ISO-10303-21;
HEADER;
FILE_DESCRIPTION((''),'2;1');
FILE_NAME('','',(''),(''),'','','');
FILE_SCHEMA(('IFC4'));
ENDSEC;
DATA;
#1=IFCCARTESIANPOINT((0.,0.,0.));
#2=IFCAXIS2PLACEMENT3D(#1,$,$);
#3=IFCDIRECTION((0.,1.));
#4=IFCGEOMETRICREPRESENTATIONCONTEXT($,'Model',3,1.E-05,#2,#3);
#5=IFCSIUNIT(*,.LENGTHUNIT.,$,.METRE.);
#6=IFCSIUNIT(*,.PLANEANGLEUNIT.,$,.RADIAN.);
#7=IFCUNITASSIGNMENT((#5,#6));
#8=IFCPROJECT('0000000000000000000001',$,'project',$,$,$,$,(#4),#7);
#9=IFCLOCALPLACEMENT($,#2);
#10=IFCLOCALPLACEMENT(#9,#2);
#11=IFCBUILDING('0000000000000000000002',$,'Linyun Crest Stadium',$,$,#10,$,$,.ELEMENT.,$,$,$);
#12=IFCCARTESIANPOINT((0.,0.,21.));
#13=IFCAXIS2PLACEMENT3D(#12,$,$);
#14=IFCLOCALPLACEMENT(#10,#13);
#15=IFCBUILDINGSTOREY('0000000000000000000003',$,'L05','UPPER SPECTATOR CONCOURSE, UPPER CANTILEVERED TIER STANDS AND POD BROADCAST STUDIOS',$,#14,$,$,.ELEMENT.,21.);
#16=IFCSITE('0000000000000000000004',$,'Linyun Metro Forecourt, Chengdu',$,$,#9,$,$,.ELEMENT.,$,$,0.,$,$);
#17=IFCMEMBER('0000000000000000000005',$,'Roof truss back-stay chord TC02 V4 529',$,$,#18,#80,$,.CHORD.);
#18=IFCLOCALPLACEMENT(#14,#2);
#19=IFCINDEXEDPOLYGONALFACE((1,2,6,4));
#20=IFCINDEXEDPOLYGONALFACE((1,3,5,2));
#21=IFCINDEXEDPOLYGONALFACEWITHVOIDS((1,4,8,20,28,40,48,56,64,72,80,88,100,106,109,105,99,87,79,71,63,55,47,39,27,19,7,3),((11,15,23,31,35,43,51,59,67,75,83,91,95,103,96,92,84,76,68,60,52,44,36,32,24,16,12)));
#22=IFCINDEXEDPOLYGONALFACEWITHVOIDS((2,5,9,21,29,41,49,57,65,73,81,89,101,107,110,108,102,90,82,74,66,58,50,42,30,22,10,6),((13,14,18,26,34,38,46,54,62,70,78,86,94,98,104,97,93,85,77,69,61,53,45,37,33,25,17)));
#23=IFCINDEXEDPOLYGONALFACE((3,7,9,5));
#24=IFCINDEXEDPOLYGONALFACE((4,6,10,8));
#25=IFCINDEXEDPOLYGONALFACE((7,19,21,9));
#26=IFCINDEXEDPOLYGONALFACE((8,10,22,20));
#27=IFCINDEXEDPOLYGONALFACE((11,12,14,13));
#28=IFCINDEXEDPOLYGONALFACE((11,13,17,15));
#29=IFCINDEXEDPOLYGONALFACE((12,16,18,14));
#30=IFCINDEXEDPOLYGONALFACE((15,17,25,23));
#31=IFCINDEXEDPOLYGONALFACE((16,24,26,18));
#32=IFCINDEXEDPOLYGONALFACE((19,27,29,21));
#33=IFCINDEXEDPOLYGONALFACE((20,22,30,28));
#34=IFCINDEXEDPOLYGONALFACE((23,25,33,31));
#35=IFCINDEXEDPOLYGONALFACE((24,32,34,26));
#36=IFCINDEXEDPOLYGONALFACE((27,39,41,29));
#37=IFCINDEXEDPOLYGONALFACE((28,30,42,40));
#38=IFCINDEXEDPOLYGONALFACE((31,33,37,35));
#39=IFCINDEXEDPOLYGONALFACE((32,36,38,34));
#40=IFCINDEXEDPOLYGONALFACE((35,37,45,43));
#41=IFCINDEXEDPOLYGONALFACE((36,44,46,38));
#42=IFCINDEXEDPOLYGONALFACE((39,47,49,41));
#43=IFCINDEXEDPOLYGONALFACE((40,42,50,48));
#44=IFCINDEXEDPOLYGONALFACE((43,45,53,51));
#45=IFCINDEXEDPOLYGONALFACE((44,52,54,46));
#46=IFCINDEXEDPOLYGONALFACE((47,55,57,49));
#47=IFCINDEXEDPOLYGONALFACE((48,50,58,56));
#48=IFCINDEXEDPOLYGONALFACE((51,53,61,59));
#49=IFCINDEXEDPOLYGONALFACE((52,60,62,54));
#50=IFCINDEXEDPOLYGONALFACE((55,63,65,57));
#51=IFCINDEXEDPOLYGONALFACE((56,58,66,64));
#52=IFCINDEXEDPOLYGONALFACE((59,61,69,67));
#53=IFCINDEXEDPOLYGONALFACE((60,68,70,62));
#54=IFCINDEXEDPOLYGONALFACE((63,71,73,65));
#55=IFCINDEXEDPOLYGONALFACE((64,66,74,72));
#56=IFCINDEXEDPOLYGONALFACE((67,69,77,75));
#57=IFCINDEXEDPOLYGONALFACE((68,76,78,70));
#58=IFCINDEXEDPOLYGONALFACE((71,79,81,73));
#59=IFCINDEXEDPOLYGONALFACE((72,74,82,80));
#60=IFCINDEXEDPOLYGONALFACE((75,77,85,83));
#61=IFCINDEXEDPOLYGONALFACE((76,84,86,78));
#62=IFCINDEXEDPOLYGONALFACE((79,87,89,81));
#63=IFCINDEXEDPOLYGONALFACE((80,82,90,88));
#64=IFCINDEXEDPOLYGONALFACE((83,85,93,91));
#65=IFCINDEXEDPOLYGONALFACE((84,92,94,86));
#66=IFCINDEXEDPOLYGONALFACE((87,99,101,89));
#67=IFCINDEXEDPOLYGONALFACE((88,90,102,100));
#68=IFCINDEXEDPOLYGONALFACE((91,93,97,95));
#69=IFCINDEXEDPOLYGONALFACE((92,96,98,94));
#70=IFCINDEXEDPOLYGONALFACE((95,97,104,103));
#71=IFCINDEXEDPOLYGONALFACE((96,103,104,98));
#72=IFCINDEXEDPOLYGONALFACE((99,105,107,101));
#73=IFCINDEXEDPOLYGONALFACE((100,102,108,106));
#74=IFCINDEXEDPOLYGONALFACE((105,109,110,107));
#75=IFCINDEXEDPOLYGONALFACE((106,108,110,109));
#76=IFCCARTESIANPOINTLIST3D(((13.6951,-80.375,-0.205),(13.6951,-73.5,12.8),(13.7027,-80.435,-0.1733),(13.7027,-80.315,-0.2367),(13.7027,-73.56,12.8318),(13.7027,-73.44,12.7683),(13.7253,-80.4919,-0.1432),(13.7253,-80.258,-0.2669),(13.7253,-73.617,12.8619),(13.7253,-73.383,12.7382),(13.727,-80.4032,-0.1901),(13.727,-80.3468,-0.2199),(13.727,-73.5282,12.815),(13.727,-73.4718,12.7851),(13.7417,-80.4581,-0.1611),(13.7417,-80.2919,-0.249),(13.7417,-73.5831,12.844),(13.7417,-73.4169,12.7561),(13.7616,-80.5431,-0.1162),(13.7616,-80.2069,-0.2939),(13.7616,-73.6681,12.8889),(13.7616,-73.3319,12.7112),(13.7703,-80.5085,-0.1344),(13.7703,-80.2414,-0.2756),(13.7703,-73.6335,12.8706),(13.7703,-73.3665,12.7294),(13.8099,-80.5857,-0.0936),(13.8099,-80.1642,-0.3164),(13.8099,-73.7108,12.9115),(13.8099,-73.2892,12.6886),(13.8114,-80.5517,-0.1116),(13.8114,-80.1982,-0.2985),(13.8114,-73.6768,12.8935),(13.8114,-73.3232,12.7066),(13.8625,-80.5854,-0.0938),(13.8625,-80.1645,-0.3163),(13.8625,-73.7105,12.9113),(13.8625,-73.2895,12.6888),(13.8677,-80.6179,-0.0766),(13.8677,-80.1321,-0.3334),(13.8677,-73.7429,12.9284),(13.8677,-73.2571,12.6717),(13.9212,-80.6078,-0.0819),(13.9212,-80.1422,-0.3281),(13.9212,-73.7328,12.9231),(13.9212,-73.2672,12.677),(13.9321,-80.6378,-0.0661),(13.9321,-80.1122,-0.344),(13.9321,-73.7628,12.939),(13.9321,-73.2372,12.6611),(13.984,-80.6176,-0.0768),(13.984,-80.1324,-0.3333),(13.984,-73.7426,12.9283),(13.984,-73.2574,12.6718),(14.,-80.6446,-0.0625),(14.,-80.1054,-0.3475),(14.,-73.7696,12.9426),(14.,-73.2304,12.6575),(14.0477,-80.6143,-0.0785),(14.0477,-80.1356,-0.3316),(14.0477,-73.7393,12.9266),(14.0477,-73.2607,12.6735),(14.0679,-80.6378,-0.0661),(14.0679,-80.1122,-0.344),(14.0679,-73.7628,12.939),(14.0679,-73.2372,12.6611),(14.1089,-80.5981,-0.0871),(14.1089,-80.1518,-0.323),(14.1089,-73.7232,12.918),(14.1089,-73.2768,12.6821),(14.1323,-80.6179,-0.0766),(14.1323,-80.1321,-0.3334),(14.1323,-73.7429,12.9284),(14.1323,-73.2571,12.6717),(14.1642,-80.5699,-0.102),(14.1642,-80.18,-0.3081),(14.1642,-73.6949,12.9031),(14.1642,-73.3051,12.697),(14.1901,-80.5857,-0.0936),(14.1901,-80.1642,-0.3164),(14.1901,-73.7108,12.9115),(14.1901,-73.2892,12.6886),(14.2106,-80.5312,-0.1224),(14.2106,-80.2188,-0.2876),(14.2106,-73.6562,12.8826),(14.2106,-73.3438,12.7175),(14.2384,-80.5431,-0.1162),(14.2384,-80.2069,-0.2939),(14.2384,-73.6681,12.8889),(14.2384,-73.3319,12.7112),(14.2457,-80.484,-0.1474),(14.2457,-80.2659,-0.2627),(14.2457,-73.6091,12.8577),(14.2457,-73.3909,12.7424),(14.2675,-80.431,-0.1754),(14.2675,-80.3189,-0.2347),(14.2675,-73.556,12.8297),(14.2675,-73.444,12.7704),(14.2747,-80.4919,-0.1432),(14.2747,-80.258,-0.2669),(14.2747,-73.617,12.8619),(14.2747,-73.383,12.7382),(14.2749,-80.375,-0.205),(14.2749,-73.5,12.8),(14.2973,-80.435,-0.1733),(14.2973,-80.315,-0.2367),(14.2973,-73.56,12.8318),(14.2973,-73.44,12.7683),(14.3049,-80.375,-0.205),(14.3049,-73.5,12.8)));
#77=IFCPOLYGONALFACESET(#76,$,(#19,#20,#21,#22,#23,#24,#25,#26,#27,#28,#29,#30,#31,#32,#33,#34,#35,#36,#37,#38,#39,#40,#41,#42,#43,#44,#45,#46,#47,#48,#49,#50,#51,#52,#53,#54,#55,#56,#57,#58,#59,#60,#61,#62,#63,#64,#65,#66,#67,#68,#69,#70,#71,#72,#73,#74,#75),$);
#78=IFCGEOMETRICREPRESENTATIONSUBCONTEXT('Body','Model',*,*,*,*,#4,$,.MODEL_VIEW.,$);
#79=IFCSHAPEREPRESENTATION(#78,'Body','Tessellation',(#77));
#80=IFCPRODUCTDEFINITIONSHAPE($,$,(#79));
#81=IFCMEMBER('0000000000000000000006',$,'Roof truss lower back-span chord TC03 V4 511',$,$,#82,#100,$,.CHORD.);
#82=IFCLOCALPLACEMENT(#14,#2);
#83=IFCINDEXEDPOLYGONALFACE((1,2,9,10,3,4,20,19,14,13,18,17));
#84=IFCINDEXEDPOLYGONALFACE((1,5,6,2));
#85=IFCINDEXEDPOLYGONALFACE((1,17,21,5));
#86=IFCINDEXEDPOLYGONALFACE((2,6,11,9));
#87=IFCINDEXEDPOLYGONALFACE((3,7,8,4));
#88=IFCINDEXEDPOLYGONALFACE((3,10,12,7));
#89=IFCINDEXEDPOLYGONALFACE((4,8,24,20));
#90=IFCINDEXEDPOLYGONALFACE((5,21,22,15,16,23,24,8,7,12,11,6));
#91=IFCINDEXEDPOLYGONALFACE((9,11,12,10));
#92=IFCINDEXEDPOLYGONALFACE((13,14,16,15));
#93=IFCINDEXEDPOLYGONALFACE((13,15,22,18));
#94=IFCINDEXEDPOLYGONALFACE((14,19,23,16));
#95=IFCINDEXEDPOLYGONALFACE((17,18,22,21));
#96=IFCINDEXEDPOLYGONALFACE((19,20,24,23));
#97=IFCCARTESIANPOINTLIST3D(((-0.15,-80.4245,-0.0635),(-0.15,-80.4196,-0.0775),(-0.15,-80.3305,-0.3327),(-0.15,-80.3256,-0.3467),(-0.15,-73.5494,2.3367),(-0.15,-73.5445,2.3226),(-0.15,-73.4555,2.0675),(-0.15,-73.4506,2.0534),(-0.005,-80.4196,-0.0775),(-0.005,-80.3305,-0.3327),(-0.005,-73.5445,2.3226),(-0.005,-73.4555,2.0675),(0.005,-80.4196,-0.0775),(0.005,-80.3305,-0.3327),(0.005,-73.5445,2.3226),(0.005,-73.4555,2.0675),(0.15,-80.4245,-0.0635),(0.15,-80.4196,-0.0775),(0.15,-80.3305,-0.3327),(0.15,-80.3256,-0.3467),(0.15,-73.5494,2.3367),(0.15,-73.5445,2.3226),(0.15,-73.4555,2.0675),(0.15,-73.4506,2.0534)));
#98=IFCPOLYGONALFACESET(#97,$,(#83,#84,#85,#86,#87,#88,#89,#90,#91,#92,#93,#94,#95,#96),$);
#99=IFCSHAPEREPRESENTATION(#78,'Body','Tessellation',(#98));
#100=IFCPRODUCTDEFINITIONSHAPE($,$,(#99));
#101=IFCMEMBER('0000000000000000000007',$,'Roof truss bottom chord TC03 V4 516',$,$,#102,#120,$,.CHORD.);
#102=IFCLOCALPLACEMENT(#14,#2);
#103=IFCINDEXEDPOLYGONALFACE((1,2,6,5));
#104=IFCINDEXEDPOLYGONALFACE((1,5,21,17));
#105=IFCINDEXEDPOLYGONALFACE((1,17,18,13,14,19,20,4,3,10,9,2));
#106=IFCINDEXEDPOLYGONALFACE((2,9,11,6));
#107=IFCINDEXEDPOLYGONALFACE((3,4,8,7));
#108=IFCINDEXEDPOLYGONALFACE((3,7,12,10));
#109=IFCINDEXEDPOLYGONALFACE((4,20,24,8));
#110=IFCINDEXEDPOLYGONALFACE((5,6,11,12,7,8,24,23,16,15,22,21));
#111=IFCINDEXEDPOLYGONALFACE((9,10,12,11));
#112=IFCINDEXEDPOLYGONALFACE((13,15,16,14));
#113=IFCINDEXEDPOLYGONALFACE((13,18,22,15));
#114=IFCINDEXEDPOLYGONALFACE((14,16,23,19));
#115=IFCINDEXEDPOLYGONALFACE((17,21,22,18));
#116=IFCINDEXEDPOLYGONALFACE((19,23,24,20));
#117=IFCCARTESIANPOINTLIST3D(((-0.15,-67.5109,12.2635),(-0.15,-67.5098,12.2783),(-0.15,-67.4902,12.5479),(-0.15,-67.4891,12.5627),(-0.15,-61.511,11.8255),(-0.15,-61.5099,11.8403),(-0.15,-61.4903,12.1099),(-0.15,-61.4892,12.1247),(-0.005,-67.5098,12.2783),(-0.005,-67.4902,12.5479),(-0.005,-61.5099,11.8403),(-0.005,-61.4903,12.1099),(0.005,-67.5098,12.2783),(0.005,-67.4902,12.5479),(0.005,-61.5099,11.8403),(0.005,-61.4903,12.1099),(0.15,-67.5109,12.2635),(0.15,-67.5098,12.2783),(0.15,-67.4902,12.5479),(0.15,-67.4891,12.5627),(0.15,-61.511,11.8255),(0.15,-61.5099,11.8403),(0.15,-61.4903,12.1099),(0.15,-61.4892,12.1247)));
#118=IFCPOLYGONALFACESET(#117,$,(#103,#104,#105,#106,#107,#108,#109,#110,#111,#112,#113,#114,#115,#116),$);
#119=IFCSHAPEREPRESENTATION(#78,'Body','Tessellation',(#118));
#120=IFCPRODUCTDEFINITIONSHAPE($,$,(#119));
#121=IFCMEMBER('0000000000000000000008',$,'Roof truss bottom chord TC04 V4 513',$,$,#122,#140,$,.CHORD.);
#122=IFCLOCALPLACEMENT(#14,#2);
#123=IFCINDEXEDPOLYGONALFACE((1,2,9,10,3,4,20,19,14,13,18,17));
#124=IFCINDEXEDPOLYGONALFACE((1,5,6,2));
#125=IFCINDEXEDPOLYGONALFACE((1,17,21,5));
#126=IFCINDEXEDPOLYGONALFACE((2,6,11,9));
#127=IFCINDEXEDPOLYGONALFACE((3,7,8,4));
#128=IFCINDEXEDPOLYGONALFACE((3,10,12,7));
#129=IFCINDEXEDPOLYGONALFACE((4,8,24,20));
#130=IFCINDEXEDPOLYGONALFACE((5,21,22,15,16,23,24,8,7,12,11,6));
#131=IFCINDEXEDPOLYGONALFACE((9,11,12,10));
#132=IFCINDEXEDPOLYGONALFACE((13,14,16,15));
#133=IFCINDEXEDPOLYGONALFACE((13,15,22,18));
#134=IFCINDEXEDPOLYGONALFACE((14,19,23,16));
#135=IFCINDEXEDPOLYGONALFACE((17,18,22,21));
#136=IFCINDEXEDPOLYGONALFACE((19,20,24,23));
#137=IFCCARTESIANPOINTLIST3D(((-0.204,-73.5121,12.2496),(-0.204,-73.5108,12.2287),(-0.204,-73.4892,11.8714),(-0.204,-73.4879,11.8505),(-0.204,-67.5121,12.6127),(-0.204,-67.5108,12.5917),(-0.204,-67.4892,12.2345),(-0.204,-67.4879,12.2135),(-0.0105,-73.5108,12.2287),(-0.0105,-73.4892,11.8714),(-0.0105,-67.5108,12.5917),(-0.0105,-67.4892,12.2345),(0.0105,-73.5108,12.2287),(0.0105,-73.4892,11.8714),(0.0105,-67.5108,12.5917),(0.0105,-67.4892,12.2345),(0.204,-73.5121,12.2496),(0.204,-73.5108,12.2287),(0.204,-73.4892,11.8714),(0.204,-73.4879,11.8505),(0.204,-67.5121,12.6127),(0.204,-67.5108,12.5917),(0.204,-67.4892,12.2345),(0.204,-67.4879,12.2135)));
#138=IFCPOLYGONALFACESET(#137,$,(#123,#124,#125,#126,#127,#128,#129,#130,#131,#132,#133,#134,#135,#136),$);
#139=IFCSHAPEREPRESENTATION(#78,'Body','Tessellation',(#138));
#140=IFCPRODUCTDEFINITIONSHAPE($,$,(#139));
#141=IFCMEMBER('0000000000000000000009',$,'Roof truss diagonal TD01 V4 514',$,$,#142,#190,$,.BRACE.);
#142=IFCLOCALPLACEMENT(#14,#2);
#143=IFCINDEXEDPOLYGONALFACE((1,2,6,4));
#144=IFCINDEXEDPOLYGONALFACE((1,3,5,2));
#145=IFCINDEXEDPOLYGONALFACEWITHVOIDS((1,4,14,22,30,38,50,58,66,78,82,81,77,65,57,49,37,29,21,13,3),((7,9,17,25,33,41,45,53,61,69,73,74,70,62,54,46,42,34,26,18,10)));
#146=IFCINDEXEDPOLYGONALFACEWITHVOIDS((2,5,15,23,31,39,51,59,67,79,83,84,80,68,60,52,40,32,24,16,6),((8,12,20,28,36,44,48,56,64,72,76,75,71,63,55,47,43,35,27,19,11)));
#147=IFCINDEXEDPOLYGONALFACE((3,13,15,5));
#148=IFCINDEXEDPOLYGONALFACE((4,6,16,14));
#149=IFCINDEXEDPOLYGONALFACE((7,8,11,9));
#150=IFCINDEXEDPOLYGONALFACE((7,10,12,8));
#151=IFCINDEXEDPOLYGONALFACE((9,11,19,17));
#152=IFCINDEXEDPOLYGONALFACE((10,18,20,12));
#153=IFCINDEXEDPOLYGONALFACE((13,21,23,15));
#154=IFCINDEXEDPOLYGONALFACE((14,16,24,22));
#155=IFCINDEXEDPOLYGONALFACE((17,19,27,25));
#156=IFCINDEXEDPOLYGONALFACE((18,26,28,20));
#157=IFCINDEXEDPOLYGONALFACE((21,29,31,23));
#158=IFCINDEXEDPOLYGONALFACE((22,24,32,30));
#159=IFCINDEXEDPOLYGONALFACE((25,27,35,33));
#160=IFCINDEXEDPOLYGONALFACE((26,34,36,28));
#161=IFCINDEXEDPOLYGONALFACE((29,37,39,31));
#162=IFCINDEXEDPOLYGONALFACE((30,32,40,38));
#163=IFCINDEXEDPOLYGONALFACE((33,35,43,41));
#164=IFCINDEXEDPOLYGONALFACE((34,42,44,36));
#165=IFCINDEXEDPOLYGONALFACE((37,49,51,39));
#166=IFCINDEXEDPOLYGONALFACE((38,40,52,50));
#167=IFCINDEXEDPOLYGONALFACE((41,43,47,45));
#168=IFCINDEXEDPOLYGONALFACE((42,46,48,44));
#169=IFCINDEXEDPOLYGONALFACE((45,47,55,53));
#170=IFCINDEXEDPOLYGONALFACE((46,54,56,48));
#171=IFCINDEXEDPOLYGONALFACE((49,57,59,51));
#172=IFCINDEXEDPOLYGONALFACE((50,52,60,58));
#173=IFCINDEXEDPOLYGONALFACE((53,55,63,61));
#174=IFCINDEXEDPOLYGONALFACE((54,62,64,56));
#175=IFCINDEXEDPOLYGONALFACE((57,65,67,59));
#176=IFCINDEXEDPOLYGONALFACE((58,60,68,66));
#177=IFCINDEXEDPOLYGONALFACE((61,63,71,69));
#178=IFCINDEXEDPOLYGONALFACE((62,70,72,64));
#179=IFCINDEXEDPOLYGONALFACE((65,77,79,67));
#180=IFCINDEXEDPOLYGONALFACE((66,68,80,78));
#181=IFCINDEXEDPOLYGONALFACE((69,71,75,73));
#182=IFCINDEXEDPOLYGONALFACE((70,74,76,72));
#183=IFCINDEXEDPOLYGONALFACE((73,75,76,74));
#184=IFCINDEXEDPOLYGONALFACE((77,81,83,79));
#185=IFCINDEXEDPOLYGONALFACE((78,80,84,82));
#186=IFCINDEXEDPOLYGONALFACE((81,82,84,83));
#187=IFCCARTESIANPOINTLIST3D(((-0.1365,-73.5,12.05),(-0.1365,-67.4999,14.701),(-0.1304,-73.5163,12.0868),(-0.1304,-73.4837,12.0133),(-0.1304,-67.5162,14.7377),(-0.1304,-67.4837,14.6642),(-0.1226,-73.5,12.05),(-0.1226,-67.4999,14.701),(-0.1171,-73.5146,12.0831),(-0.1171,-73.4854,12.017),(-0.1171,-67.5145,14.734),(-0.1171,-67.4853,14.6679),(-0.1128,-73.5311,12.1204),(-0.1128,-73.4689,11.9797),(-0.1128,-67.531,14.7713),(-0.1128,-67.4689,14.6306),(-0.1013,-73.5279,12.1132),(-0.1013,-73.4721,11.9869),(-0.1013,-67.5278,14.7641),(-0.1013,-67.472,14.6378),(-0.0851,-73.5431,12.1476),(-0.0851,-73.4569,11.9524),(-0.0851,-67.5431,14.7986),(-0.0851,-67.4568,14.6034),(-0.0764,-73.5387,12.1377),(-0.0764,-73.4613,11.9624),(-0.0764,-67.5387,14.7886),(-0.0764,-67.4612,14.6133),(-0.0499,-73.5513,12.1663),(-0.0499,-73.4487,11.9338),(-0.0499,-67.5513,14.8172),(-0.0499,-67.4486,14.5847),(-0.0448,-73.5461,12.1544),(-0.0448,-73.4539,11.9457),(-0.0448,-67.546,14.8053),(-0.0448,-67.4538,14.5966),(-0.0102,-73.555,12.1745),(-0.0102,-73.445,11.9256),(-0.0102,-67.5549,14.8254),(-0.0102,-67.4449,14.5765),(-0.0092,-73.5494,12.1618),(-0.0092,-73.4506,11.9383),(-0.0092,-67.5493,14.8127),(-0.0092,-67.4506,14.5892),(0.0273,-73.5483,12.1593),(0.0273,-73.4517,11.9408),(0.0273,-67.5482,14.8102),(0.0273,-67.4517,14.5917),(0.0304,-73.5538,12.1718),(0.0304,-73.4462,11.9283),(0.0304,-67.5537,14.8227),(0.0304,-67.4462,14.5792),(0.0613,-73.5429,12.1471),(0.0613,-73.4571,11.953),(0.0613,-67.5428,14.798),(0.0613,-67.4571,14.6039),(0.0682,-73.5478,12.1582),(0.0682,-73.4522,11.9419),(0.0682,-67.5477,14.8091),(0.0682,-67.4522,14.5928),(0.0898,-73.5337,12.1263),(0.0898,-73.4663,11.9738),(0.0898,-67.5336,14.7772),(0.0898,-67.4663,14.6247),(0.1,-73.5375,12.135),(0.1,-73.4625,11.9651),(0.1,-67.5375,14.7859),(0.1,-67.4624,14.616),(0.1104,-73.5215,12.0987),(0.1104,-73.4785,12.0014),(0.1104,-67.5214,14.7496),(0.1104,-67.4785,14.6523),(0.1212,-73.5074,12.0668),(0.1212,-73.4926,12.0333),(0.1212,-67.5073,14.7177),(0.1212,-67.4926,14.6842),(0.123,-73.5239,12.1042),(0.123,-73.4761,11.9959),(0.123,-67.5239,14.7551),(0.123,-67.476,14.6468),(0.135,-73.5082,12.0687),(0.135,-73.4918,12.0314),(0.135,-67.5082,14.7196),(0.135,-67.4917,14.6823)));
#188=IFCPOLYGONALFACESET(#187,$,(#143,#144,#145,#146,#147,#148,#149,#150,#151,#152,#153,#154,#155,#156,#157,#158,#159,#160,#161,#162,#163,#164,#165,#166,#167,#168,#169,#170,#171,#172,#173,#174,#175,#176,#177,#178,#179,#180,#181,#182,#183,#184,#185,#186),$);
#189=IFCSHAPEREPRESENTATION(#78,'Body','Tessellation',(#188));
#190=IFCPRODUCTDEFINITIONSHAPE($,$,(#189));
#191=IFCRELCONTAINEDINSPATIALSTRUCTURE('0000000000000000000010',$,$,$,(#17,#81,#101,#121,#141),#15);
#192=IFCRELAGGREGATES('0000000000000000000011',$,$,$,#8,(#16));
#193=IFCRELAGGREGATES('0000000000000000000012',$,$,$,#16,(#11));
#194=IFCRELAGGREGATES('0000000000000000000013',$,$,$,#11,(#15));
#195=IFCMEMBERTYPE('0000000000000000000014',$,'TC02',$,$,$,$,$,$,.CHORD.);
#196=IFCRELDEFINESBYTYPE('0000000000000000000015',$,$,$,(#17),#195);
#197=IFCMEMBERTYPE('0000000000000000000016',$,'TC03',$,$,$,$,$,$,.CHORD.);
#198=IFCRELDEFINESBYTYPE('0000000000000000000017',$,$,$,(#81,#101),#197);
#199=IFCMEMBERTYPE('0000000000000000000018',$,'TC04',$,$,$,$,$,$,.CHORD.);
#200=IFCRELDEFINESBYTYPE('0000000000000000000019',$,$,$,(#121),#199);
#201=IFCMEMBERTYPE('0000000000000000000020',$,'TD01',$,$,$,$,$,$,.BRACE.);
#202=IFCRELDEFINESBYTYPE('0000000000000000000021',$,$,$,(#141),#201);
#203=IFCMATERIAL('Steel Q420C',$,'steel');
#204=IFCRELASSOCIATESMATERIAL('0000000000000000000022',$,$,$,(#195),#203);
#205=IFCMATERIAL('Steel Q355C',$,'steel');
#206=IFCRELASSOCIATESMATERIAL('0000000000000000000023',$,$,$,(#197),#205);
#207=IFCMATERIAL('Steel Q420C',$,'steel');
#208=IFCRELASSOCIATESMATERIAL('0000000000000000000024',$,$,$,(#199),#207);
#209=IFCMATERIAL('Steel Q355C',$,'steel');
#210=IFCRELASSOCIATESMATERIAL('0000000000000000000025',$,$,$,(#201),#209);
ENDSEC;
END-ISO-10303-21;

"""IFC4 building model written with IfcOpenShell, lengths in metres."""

from ifc_helpers import new_model, si_unit, direction, frame, origin, origin_2d, place, context, subcontext, project, spatial, hollow_circle, i_section, extrude, material, material_profile, profile_set, type_object, element, save


model = new_model("IFC4")

# Units and contexts
model_context = context("Model", 3, precision=1e-05, world=origin(), true_north=direction((0.0, 1.0)))
body_context = subcontext(model_context, "Body", "Model", "MODEL_VIEW")
ifc_project = project(units=[si_unit("LENGTHUNIT", "METRE"), si_unit("PLANEANGLEUNIT", "RADIAN")], contexts=[model_context])

# Site, building, storey
site_placement = place(None, origin())
site = spatial("IfcSite", under=ifc_project, at=site_placement, Name="Linyun Metro Forecourt, Chengdu", CompositionType="ELEMENT", RefElevation=0.0)
building_placement = place(site_placement, origin())
building = spatial("IfcBuilding", under=site, at=building_placement, Name="Linyun Crest Stadium", CompositionType="ELEMENT")
storey_placement = place(building_placement, frame((0.0, 0.0, 21.0)))
storey = spatial("IfcBuildingStorey", under=building, at=storey_placement, Name="L05", Description="UPPER SPECTATOR CONCOURSE, UPPER CANTILEVERED TIER STANDS AND POD BROADCAST STUDIOS", CompositionType="ELEMENT", Elevation=21.0)

# Members
ifc_material_1 = material(Name="Steel Q420C", Category="steel")
ifc_material_profile_1 = material_profile(ifc_material_1, hollow_circle(Radius=0.3049, WallThickness=0.03, at=origin_2d()), Name="CHS 610x30")
ifc_profile_set_1 = profile_set([ifc_material_profile_1], Name="Steel Q420C")
member_type_1 = type_object("IfcMemberType", Name="TC02", PredefinedType="CHORD", material=ifc_profile_set_1)
member_1_placement = place(storey_placement, frame((14.0, -73.5, 12.8), z_axis=(0.0, -0.467353, -0.884071), x_axis=(1.0, 0.0, 0.0)))
element("IfcMember", 1, at=member_1_placement, inside=storey, type_object=member_type_1, Name="Roof truss back-stay chord TC02 V4 529", PredefinedType="CHORD", context=body_context, shape_type="SweptSolid", body=[
    extrude(hollow_circle(Radius=0.3049, WallThickness=0.03, at=origin_2d()), origin(), (0.0, 0.0, 1.0), 14.7104),
])
ifc_material_2 = material(Name="Steel Q355C", Category="steel")
ifc_material_profile_2 = material_profile(ifc_material_2, i_section(OverallWidth=0.3, OverallDepth=0.3, WebThickness=0.01, FlangeThickness=0.0149, at=origin_2d()), Name="HW 300x300")
ifc_profile_set_2 = profile_set([ifc_material_profile_2], Name="Steel Q355C")
member_type_2 = type_object("IfcMemberType", Name="TC03", PredefinedType="CHORD", material=ifc_profile_set_2)
member_2_placement = place(storey_placement, frame((0.0, -73.5, 2.1951), z_axis=(0.0, -0.944119, -0.329604), x_axis=(1.0, 0.0, 0.0)))
element("IfcMember", 2, at=member_2_placement, inside=storey, type_object=member_type_2, Name="Roof truss lower back-span chord TC03 V4 511", PredefinedType="CHORD", context=body_context, shape_type="SweptSolid", body=[
    extrude(i_section(OverallWidth=0.3, OverallDepth=0.3, WebThickness=0.01, FlangeThickness=0.0149, at=origin_2d()), origin(), (0.0, 0.0, 1.0), 7.282),
])
member_3_placement = place(storey_placement, frame((0.0, -67.5, 12.4131), z_axis=(0.0, 0.997346, -0.072804), x_axis=(-1.0, 0.0, 0.0)))
element("IfcMember", 3, at=member_3_placement, inside=storey, type_object=member_type_2, Name="Roof truss bottom chord TC03 V4 516", PredefinedType="CHORD", context=body_context, shape_type="SweptSolid", body=[
    extrude(i_section(OverallWidth=0.3, OverallDepth=0.3, WebThickness=0.01, FlangeThickness=0.0149, at=origin_2d()), origin(), (0.0, 0.0, 1.0), 6.0159),
])
ifc_material_3 = material(Name="Steel Q420C", Category="steel")
ifc_material_profile_3 = material_profile(ifc_material_3, i_section(OverallWidth=0.408, OverallDepth=0.3999, WebThickness=0.021, FlangeThickness=0.021, at=origin_2d()), Name="HW 400x408")
ifc_profile_set_3 = profile_set([ifc_material_profile_3], Name="Steel Q420C")
member_type_3 = type_object("IfcMemberType", Name="TC04", PredefinedType="CHORD", material=ifc_profile_set_3)
member_4_placement = place(storey_placement, frame((0.0, -73.5, 12.05), z_axis=(0.0, 0.998175, 0.060396), x_axis=(-1.0, 0.0, 0.0)))
element("IfcMember", 4, at=member_4_placement, inside=storey, type_object=member_type_3, Name="Roof truss bottom chord TC04 V4 513", PredefinedType="CHORD", context=body_context, shape_type="SweptSolid", body=[
    extrude(i_section(OverallWidth=0.408, OverallDepth=0.3999, WebThickness=0.021, FlangeThickness=0.021, at=origin_2d()), origin(), (0.0, 0.0, 1.0), 6.011),
])
ifc_material_4 = material(Name="Steel Q355C", Category="steel")
ifc_material_profile_4 = material_profile(ifc_material_4, hollow_circle(Radius=0.1365, WallThickness=0.0139, at=origin_2d()), Name="CHS 273x14")
ifc_profile_set_4 = profile_set([ifc_material_profile_4], Name="Steel Q355C")
member_type_4 = type_object("IfcMemberType", Name="TD01", PredefinedType="BRACE", material=ifc_profile_set_4)
member_5_placement = place(storey_placement, frame((0.0, -73.5, 12.05), z_axis=(0.0, 0.914703, 0.404128), x_axis=(-1.0, 0.0, 0.0)))
element("IfcMember", 5, at=member_5_placement, inside=storey, type_object=member_type_4, Name="Roof truss diagonal TD01 V4 514", PredefinedType="BRACE", context=body_context, shape_type="SweptSolid", body=[
    extrude(hollow_circle(Radius=0.1365, WallThickness=0.0139, at=origin_2d()), origin(), (0.0, 0.0, 1.0), 6.5596),
])

save(model, "model.ifc")
